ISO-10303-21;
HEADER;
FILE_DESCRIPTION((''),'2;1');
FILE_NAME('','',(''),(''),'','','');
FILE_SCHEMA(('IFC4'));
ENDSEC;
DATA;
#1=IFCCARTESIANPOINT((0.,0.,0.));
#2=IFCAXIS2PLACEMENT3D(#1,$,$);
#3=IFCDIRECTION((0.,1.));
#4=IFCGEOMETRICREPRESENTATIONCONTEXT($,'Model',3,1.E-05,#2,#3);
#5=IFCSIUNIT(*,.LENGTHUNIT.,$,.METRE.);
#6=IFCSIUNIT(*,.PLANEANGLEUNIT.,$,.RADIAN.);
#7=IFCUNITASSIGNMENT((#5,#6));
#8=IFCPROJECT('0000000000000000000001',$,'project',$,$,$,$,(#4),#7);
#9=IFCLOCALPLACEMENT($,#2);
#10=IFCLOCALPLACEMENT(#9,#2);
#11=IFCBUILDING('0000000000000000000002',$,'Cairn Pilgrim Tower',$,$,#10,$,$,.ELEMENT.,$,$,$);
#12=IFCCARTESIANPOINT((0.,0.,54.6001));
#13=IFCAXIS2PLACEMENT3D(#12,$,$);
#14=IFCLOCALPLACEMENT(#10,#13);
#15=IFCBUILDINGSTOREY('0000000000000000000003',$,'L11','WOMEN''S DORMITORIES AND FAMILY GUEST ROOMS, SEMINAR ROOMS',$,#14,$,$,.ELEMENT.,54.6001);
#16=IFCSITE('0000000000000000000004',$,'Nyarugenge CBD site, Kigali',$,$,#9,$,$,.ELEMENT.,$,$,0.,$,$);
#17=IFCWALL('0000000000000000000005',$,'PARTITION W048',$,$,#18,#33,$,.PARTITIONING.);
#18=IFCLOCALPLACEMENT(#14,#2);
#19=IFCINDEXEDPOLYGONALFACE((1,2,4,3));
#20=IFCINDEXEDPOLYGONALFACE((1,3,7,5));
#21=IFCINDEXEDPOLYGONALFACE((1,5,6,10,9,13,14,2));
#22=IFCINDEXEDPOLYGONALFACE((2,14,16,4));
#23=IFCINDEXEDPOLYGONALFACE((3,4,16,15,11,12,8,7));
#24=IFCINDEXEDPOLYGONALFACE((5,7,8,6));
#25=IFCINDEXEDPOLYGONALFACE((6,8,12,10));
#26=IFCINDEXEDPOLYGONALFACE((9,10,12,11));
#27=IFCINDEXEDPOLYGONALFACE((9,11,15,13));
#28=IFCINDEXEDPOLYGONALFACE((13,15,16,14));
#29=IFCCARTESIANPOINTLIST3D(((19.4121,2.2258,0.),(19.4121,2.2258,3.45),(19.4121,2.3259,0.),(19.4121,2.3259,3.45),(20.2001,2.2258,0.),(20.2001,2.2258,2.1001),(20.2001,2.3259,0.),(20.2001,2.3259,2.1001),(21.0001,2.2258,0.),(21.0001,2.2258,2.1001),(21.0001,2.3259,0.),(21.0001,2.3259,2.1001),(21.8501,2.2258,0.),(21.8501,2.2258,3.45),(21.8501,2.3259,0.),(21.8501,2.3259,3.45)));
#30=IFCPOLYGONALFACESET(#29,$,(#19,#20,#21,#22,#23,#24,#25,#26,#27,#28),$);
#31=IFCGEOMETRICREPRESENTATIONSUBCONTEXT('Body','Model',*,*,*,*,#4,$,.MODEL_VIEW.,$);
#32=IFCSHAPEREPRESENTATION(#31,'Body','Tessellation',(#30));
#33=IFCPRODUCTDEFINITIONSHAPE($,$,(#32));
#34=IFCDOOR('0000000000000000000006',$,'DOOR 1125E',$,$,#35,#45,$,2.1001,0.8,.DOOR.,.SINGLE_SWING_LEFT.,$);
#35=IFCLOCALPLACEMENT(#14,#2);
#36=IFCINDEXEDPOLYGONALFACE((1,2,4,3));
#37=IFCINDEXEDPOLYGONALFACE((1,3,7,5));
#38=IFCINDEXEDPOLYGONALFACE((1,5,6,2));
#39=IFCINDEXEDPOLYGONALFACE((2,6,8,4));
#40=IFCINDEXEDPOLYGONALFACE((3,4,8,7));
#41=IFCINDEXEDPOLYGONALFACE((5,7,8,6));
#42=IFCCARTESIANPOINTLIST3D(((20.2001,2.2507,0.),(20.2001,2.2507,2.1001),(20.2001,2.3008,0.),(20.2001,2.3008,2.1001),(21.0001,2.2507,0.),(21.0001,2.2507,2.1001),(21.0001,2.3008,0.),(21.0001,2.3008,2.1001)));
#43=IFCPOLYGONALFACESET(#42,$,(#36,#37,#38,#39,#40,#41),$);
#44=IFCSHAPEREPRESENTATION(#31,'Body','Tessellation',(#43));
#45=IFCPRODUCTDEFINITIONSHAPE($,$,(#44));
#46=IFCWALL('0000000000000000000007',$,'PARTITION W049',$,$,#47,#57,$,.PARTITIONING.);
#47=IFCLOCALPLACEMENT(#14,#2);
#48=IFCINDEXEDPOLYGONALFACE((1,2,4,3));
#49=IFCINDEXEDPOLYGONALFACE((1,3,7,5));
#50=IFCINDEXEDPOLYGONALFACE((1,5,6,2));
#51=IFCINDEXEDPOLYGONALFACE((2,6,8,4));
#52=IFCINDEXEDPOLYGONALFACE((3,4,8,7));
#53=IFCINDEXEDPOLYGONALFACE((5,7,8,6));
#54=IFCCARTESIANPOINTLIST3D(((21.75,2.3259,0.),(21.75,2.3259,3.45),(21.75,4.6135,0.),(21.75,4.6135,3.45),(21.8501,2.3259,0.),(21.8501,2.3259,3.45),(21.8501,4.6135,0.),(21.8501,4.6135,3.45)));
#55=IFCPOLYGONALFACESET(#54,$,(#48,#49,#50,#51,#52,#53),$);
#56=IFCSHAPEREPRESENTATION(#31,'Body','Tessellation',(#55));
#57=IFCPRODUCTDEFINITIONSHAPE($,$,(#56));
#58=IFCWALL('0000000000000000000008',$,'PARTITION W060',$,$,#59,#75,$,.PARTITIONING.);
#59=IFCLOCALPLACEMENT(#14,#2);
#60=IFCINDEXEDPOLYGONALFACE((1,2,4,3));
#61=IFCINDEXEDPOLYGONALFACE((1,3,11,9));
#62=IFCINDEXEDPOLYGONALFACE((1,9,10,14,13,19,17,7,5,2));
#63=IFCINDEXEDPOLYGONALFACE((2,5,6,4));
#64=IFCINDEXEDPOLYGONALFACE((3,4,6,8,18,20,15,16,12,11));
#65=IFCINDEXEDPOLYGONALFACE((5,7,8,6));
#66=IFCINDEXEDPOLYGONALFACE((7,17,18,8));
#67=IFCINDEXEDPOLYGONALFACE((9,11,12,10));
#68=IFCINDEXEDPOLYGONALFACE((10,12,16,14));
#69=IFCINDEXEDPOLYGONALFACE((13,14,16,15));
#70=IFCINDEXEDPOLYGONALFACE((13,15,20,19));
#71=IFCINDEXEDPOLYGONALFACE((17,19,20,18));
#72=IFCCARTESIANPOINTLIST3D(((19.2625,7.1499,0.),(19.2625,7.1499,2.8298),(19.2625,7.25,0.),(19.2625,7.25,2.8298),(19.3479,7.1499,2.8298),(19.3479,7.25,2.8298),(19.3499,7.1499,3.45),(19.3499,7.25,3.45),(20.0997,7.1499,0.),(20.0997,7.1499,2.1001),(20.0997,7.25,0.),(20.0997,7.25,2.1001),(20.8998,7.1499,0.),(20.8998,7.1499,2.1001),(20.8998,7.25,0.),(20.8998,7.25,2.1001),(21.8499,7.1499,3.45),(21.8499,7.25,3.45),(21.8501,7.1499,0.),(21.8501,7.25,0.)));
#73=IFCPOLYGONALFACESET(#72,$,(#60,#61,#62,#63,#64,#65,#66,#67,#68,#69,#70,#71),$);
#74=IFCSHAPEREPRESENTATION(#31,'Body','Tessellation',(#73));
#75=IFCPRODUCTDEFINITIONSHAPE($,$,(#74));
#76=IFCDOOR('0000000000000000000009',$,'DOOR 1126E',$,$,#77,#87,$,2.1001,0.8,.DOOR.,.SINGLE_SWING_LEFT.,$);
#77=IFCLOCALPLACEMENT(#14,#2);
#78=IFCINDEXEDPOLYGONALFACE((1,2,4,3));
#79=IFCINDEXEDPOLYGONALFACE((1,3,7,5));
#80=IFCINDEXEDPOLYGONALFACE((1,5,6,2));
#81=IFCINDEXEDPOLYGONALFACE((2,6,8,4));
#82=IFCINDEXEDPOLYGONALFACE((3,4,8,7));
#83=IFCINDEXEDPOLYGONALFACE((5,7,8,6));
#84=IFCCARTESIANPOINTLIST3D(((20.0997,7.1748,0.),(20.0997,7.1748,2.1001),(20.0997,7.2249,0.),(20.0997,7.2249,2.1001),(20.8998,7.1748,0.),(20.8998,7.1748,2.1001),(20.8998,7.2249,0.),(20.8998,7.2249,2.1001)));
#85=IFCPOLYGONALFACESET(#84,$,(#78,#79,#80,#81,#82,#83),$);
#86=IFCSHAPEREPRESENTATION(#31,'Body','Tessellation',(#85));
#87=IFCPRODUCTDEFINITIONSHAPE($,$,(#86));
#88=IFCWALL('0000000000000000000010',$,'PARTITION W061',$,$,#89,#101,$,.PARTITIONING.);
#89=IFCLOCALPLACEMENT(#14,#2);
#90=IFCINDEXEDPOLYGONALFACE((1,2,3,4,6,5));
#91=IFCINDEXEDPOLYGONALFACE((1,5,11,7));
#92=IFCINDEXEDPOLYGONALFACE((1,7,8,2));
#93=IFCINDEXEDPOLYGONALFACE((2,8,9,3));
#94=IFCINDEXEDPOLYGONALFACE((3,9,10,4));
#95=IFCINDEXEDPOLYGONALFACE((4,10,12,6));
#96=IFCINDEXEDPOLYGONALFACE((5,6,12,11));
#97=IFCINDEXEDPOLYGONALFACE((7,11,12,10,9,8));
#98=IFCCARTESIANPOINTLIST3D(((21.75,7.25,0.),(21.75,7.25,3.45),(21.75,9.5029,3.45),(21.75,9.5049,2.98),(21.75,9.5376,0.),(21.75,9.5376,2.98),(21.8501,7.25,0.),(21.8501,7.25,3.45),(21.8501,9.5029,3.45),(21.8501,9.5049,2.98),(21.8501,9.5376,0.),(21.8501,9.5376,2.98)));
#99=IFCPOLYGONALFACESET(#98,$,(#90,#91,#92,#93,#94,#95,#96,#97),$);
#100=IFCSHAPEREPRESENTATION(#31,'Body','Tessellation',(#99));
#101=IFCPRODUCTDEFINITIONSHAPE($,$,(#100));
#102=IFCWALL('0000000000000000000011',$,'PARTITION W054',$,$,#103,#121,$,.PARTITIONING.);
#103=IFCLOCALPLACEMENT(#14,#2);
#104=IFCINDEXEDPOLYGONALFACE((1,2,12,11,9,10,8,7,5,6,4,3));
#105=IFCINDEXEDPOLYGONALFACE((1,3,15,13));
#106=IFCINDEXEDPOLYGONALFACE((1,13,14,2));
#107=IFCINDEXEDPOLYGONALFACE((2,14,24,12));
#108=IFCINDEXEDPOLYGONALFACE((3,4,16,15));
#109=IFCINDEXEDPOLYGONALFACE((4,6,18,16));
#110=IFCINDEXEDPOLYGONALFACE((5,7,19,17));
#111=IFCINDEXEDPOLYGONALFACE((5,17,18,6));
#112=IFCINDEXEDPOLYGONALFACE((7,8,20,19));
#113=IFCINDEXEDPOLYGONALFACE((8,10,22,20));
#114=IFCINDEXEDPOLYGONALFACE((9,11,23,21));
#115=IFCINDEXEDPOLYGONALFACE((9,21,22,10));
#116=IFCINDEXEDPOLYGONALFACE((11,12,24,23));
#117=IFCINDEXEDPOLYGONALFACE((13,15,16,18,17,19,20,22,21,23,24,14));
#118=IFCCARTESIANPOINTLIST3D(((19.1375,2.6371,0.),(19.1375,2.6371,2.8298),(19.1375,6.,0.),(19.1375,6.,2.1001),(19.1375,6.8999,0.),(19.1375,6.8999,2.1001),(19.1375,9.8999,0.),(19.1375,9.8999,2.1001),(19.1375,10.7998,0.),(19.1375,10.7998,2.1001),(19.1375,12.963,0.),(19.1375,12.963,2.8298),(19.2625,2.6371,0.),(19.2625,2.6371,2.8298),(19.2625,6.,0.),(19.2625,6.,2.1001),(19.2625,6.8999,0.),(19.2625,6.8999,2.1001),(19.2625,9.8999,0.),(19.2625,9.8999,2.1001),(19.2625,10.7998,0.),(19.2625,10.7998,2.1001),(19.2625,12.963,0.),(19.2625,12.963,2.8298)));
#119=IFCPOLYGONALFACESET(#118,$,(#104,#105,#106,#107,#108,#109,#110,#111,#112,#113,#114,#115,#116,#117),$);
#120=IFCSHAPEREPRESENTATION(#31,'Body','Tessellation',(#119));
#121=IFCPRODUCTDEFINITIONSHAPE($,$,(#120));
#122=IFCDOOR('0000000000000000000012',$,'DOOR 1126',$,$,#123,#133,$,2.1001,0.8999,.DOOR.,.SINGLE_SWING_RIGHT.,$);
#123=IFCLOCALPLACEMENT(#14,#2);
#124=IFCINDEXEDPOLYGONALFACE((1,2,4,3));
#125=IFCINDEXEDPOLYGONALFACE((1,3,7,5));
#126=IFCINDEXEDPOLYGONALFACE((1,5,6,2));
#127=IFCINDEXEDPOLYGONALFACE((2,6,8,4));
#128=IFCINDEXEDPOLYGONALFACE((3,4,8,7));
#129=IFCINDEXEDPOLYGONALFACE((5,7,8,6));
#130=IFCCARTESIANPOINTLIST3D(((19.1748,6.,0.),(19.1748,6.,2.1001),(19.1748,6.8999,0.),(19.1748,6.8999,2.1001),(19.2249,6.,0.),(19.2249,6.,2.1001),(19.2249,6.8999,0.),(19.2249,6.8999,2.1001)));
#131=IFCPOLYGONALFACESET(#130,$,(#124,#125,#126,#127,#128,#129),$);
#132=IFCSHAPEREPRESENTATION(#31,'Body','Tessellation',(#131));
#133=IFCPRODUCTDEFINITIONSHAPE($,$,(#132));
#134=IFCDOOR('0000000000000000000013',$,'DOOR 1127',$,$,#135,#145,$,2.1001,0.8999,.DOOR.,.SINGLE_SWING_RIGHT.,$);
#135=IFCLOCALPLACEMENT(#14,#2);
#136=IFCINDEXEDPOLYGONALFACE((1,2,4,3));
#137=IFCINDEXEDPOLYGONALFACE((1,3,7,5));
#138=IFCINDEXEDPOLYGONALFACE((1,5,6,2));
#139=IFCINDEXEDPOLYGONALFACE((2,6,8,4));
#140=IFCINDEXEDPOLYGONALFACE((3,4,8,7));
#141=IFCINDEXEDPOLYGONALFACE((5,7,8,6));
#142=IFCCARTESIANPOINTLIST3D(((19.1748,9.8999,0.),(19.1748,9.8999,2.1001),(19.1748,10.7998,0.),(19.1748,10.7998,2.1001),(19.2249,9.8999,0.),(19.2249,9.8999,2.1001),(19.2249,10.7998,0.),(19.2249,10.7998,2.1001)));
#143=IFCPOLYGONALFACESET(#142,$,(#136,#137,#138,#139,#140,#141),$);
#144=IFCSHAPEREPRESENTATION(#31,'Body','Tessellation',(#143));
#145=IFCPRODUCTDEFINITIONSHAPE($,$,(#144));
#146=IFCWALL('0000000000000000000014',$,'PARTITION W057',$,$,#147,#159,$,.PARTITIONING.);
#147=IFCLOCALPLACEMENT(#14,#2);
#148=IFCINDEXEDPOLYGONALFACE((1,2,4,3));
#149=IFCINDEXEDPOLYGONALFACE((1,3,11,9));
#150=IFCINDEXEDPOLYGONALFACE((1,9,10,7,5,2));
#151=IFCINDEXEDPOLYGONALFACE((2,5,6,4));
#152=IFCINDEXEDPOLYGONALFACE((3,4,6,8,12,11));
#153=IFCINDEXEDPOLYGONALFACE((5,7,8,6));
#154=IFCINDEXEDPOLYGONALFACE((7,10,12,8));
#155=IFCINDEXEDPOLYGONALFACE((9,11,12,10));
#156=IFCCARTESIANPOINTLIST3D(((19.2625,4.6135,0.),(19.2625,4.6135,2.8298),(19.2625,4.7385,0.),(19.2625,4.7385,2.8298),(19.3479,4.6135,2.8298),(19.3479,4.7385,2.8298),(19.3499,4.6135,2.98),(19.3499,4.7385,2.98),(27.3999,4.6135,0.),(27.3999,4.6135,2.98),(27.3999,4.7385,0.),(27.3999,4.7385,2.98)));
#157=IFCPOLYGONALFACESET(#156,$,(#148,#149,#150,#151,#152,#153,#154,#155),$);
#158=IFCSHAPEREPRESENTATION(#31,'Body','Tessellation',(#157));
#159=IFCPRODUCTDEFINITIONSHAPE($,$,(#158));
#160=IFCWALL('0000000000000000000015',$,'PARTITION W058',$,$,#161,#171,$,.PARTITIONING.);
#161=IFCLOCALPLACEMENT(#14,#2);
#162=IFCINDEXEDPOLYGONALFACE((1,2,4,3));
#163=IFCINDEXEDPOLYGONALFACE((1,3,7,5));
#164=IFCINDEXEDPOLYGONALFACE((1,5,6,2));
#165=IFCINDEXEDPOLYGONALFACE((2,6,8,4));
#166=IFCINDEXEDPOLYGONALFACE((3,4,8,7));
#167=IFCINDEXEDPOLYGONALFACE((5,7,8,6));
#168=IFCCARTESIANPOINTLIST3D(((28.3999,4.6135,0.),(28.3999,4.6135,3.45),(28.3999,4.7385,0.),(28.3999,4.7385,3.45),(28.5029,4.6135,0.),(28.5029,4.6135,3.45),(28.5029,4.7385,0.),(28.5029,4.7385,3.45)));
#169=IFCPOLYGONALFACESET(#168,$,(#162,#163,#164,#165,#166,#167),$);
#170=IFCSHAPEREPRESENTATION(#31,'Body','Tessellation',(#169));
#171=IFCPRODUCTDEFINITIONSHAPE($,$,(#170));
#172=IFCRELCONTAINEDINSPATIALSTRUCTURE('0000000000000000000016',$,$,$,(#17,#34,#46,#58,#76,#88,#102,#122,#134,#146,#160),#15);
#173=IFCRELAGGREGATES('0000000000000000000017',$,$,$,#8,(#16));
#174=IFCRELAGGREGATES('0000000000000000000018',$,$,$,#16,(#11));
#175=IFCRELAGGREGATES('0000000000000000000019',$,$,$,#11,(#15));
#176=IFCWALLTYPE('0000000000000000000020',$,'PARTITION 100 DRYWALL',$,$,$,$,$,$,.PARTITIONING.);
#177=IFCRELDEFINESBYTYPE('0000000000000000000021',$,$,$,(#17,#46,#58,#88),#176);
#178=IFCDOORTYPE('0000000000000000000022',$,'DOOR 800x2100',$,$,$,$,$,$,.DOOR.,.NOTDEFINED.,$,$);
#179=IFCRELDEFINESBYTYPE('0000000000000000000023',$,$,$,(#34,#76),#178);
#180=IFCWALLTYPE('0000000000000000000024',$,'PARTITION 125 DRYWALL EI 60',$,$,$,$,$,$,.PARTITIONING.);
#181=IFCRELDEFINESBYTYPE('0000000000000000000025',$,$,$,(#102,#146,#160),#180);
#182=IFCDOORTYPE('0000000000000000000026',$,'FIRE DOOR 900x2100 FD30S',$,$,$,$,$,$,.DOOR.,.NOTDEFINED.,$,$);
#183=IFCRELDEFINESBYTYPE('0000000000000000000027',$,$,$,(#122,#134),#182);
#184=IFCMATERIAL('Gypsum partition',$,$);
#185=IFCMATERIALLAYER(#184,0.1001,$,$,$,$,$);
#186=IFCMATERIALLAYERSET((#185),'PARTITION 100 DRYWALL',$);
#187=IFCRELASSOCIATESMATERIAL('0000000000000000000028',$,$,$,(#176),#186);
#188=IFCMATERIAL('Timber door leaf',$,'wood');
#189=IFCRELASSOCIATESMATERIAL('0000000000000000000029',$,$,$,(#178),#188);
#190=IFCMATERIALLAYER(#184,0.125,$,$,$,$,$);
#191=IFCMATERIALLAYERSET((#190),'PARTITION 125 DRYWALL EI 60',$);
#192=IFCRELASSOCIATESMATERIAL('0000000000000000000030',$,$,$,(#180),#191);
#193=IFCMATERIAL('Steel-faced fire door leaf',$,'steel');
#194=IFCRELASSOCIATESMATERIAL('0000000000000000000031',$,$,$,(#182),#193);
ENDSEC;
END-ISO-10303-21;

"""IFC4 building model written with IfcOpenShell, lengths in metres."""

from ifc_helpers import new_model, si_unit, direction, frame, frame_2d, origin, place, context, subcontext, project, spatial, polyline, rectangle, outline, extrude, material, layer, layer_set, type_object, element, fill, save


model = new_model("IFC4")

# Units and contexts
model_context = context("Model", 3, precision=1e-05, world=origin(), true_north=direction((0.0, 1.0)))
body_context = subcontext(model_context, "Body", "Model", "MODEL_VIEW")
ifc_project = project(units=[si_unit("LENGTHUNIT", "METRE"), si_unit("PLANEANGLEUNIT", "RADIAN")], contexts=[model_context])

# Site, building, storey
site_placement = place(None, origin())
site = spatial("IfcSite", under=ifc_project, at=site_placement, Name="Nyarugenge CBD site, Kigali", CompositionType="ELEMENT", RefElevation=0.0)
building_placement = place(site_placement, origin())
building = spatial("IfcBuilding", under=site, at=building_placement, Name="Cairn Pilgrim Tower", CompositionType="ELEMENT")
storey_placement = place(building_placement, frame((0.0, 0.0, 54.6001)))
storey = spatial("IfcBuildingStorey", under=building, at=storey_placement, Name="L11", Description="WOMEN'S DORMITORIES AND FAMILY GUEST ROOMS, SEMINAR ROOMS", CompositionType="ELEMENT", Elevation=54.6001)

# Wall, opening, door
ifc_material_1 = material(Name="Gypsum partition")
ifc_layer_1 = layer(ifc_material_1, 0.1001)
ifc_layer_set_1 = layer_set([ifc_layer_1], Name="PARTITION 100 DRYWALL")
wall_type_1 = type_object("IfcWallType", Name="PARTITION 100 DRYWALL", PredefinedType="PARTITIONING", material=ifc_layer_set_1)
wall_1_placement = place(storey_placement, frame((19.4121, 2.2759, 0.0), z_axis=(0.0, 0.0, 1.0), x_axis=(1.0, 0.0, 0.0)))
wall_1 = element("IfcWall", 1, at=wall_1_placement, inside=storey, type_object=wall_type_1, Name="PARTITION W048", PredefinedType="PARTITIONING", context=body_context, shape_type="SweptSolid", body=[
    extrude(rectangle(XDim=2.438, YDim=0.1001, at=frame_2d((1.219, 0.0))), origin(), (0.0, 0.0, 1.0), 3.45),
])
opening_1_placement = place(wall_1_placement, frame((0.7881, 0.0, 0.0)))
opening_1 = element("IfcOpeningElement", 2, at=opening_1_placement, cuts=wall_1, PredefinedType="OPENING", context=body_context, shape_type="SweptSolid", body=[
    extrude(rectangle(XDim=0.8, YDim=2.1001, at=frame_2d((0.3999, 1.05))), frame((0.0, 0.0601, 0.0), z_axis=(0.0, -1.0, 0.0), x_axis=(1.0, 0.0, 0.0)), (0.0, 0.0, 1.0), 0.1201),
])
ifc_material_2 = material(Name="Timber door leaf", Category="wood")
door_type_1 = type_object("IfcDoorType", Name="DOOR 800x2100", OperationType="NOTDEFINED", PredefinedType="DOOR", material=ifc_material_2)
door_1_placement = place(opening_1_placement, origin())
door_1 = element("IfcDoor", 3, at=door_1_placement, inside=storey, type_object=door_type_1, Name="DOOR 1125E", OperationType="SINGLE_SWING_LEFT", OverallHeight=2.1001, OverallWidth=0.8, PredefinedType="DOOR", context=body_context, shape_type="SweptSolid", body=[
    extrude(rectangle(XDim=0.8, YDim=2.1001, at=frame_2d((0.3999, 1.05))), frame((0.0, 0.0249, 0.0), z_axis=(0.0, -1.0, 0.0), x_axis=(1.0, 0.0, 0.0)), (0.0, 0.0, 1.0), 0.05),
])
fill(opening_1, door_1)

# Wall
wall_2_placement = place(storey_placement, frame((21.8, 2.3259, 0.0), z_axis=(0.0, 0.0, 1.0), x_axis=(0.0, 1.0, 0.0)))
element("IfcWall", 4, at=wall_2_placement, inside=storey, type_object=wall_type_1, Name="PARTITION W049", PredefinedType="PARTITIONING", context=body_context, shape_type="SweptSolid", body=[
    extrude(rectangle(XDim=2.2876, YDim=0.1001, at=frame_2d((1.1438, 0.0))), origin(), (0.0, 0.0, 1.0), 3.45),
])

# Wall, opening, door
wall_3_placement = place(storey_placement, frame((19.2625, 7.2, 0.0), z_axis=(0.0, 0.0, 1.0), x_axis=(1.0, 0.0, 0.0)))
wall_3 = element("IfcWall", 5, at=wall_3_placement, inside=storey, type_object=wall_type_1, Name="PARTITION W060", PredefinedType="PARTITIONING", context=body_context, shape_type="SweptSolid", body=[
    extrude(outline(polyline([(0.0, 0.0), (2.5876, 0.0), (2.5874, 3.45), (0.0874, 3.45), (0.0854, 2.8298), (0.0, 2.8298), (0.0, 0.0)])), frame((0.0, 0.05, 0.0), z_axis=(0.0, -1.0, 0.0), x_axis=(1.0, 0.0, 0.0)), (0.0, 0.0, 1.0), 0.1001),
])
opening_2_placement = place(wall_3_placement, frame((0.8374, 0.0, 0.0)))
opening_2 = element("IfcOpeningElement", 6, at=opening_2_placement, cuts=wall_3, PredefinedType="OPENING", context=body_context, shape_type="SweptSolid", body=[
    extrude(rectangle(XDim=0.8, YDim=2.1001, at=frame_2d((0.3999, 1.05))), frame((0.0, 0.0601, 0.0), z_axis=(0.0, -1.0, 0.0), x_axis=(1.0, 0.0, 0.0)), (0.0, 0.0, 1.0), 0.1201),
])
door_2_placement = place(opening_2_placement, origin())
door_2 = element("IfcDoor", 7, at=door_2_placement, inside=storey, type_object=door_type_1, Name="DOOR 1126E", OperationType="SINGLE_SWING_LEFT", OverallHeight=2.1001, OverallWidth=0.8, PredefinedType="DOOR", context=body_context, shape_type="SweptSolid", body=[
    extrude(rectangle(XDim=0.8, YDim=2.1001, at=frame_2d((0.3999, 1.05))), frame((0.0, 0.0249, 0.0), z_axis=(0.0, -1.0, 0.0), x_axis=(1.0, 0.0, 0.0)), (0.0, 0.0, 1.0), 0.05),
])
fill(opening_2, door_2)

# Wall
wall_4_placement = place(storey_placement, frame((21.8, 7.25, 0.0), z_axis=(0.0, 0.0, 1.0), x_axis=(0.0, 1.0, 0.0)))
element("IfcWall", 8, at=wall_4_placement, inside=storey, type_object=wall_type_1, Name="PARTITION W061", PredefinedType="PARTITIONING", context=body_context, shape_type="SweptSolid", body=[
    extrude(outline(polyline([(0.0, 0.0), (2.2876, 0.0), (2.2876, 2.98), (2.2549, 2.98), (2.2529, 3.45), (0.0, 3.45), (0.0, 0.0)])), frame((0.0, 0.05, 0.0), z_axis=(0.0, -1.0, 0.0), x_axis=(1.0, 0.0, 0.0)), (0.0, 0.0, 1.0), 0.1001),
])

# Wall, openings, doors
ifc_layer_2 = layer(ifc_material_1, 0.125)
ifc_layer_set_2 = layer_set([ifc_layer_2], Name="PARTITION 125 DRYWALL EI 60")
wall_type_2 = type_object("IfcWallType", Name="PARTITION 125 DRYWALL EI 60", PredefinedType="PARTITIONING", material=ifc_layer_set_2)
wall_5_placement = place(storey_placement, frame((19.2, 2.637, 0.0), z_axis=(0.0, 0.0, 1.0), x_axis=(0.0, 1.0, 0.0)))
wall_5 = element("IfcWall", 9, at=wall_5_placement, inside=storey, type_object=wall_type_2, Name="PARTITION W054", PredefinedType="PARTITIONING", context=body_context, shape_type="SweptSolid", body=[
    extrude(rectangle(XDim=10.3259, YDim=0.125, at=frame_2d((5.1631, 0.0))), origin(), (0.0, 0.0, 1.0), 2.8298),
])
opening_3_placement = place(wall_5_placement, frame((3.363, 0.0, 0.0)))
opening_3 = element("IfcOpeningElement", 10, at=opening_3_placement, cuts=wall_5, PredefinedType="OPENING", context=body_context, shape_type="SweptSolid", body=[
    extrude(rectangle(XDim=0.8999, YDim=2.1001, at=frame_2d((0.45, 1.05))), frame((0.0, 0.0725, 0.0), z_axis=(0.0, -1.0, 0.0), x_axis=(1.0, 0.0, 0.0)), (0.0, 0.0, 1.0), 0.145),
])
opening_4_placement = place(wall_5_placement, frame((7.2629, 0.0, 0.0)))
opening_4 = element("IfcOpeningElement", 11, at=opening_4_placement, cuts=wall_5, PredefinedType="OPENING", context=body_context, shape_type="SweptSolid", body=[
    extrude(rectangle(XDim=0.8999, YDim=2.1001, at=frame_2d((0.45, 1.05))), frame((0.0, 0.0725, 0.0), z_axis=(0.0, -1.0, 0.0), x_axis=(1.0, 0.0, 0.0)), (0.0, 0.0, 1.0), 0.145),
])
ifc_material_3 = material(Name="Steel-faced fire door leaf", Category="steel")
door_type_2 = type_object("IfcDoorType", Name="FIRE DOOR 900x2100 FD30S", OperationType="NOTDEFINED", PredefinedType="DOOR", material=ifc_material_3)
door_3_placement = place(opening_3_placement, frame((0.8999, 0.0, 0.0), z_axis=(0.0, 0.0, 1.0), x_axis=(-1.0, 0.0, 0.0)))
door_3 = element("IfcDoor", 12, at=door_3_placement, inside=storey, type_object=door_type_2, Name="DOOR 1126", OperationType="SINGLE_SWING_RIGHT", OverallHeight=2.1001, OverallWidth=0.8999, PredefinedType="DOOR", context=body_context, shape_type="SweptSolid", body=[
    extrude(rectangle(XDim=0.8999, YDim=2.1001, at=frame_2d((0.45, 1.05))), frame((0.0, 0.0249, 0.0), z_axis=(0.0, -1.0, 0.0), x_axis=(1.0, 0.0, 0.0)), (0.0, 0.0, 1.0), 0.05),
])
fill(opening_3, door_3)
door_4_placement = place(opening_4_placement, frame((0.8999, 0.0, 0.0), z_axis=(0.0, 0.0, 1.0), x_axis=(-1.0, 0.0, 0.0)))
door_4 = element("IfcDoor", 13, at=door_4_placement, inside=storey, type_object=door_type_2, Name="DOOR 1127", OperationType="SINGLE_SWING_RIGHT", OverallHeight=2.1001, OverallWidth=0.8999, PredefinedType="DOOR", context=body_context, shape_type="SweptSolid", body=[
    extrude(rectangle(XDim=0.8999, YDim=2.1001, at=frame_2d((0.45, 1.05))), frame((0.0, 0.0249, 0.0), z_axis=(0.0, -1.0, 0.0), x_axis=(1.0, 0.0, 0.0)), (0.0, 0.0, 1.0), 0.05),
])
fill(opening_4, door_4)

# Walls
wall_6_placement = place(storey_placement, frame((19.2625, 4.676, 0.0), z_axis=(0.0, 0.0, 1.0), x_axis=(1.0, 0.0, 0.0)))
element("IfcWall", 14, at=wall_6_placement, inside=storey, type_object=wall_type_2, Name="PARTITION W057", PredefinedType="PARTITIONING", context=body_context, shape_type="SweptSolid", body=[
    extrude(outline(polyline([(0.0, 0.0), (8.1375, 0.0), (8.1375, 2.98), (0.0874, 2.98), (0.0854, 2.8298), (0.0, 2.8298), (0.0, 0.0)])), frame((0.0, 0.0625, 0.0), z_axis=(0.0, -1.0, 0.0), x_axis=(1.0, 0.0, 0.0)), (0.0, 0.0, 1.0), 0.125),
])
wall_7_placement = place(storey_placement, frame((28.3999, 4.676, 0.0), z_axis=(0.0, 0.0, 1.0), x_axis=(1.0, 0.0, 0.0)))
element("IfcWall", 15, at=wall_7_placement, inside=storey, type_object=wall_type_2, Name="PARTITION W058", PredefinedType="PARTITIONING", context=body_context, shape_type="SweptSolid", body=[
    extrude(rectangle(XDim=0.103, YDim=0.125, at=frame_2d((0.0515, 0.0))), origin(), (0.0, 0.0, 1.0), 3.45),
])

save(model, "model.ifc")
